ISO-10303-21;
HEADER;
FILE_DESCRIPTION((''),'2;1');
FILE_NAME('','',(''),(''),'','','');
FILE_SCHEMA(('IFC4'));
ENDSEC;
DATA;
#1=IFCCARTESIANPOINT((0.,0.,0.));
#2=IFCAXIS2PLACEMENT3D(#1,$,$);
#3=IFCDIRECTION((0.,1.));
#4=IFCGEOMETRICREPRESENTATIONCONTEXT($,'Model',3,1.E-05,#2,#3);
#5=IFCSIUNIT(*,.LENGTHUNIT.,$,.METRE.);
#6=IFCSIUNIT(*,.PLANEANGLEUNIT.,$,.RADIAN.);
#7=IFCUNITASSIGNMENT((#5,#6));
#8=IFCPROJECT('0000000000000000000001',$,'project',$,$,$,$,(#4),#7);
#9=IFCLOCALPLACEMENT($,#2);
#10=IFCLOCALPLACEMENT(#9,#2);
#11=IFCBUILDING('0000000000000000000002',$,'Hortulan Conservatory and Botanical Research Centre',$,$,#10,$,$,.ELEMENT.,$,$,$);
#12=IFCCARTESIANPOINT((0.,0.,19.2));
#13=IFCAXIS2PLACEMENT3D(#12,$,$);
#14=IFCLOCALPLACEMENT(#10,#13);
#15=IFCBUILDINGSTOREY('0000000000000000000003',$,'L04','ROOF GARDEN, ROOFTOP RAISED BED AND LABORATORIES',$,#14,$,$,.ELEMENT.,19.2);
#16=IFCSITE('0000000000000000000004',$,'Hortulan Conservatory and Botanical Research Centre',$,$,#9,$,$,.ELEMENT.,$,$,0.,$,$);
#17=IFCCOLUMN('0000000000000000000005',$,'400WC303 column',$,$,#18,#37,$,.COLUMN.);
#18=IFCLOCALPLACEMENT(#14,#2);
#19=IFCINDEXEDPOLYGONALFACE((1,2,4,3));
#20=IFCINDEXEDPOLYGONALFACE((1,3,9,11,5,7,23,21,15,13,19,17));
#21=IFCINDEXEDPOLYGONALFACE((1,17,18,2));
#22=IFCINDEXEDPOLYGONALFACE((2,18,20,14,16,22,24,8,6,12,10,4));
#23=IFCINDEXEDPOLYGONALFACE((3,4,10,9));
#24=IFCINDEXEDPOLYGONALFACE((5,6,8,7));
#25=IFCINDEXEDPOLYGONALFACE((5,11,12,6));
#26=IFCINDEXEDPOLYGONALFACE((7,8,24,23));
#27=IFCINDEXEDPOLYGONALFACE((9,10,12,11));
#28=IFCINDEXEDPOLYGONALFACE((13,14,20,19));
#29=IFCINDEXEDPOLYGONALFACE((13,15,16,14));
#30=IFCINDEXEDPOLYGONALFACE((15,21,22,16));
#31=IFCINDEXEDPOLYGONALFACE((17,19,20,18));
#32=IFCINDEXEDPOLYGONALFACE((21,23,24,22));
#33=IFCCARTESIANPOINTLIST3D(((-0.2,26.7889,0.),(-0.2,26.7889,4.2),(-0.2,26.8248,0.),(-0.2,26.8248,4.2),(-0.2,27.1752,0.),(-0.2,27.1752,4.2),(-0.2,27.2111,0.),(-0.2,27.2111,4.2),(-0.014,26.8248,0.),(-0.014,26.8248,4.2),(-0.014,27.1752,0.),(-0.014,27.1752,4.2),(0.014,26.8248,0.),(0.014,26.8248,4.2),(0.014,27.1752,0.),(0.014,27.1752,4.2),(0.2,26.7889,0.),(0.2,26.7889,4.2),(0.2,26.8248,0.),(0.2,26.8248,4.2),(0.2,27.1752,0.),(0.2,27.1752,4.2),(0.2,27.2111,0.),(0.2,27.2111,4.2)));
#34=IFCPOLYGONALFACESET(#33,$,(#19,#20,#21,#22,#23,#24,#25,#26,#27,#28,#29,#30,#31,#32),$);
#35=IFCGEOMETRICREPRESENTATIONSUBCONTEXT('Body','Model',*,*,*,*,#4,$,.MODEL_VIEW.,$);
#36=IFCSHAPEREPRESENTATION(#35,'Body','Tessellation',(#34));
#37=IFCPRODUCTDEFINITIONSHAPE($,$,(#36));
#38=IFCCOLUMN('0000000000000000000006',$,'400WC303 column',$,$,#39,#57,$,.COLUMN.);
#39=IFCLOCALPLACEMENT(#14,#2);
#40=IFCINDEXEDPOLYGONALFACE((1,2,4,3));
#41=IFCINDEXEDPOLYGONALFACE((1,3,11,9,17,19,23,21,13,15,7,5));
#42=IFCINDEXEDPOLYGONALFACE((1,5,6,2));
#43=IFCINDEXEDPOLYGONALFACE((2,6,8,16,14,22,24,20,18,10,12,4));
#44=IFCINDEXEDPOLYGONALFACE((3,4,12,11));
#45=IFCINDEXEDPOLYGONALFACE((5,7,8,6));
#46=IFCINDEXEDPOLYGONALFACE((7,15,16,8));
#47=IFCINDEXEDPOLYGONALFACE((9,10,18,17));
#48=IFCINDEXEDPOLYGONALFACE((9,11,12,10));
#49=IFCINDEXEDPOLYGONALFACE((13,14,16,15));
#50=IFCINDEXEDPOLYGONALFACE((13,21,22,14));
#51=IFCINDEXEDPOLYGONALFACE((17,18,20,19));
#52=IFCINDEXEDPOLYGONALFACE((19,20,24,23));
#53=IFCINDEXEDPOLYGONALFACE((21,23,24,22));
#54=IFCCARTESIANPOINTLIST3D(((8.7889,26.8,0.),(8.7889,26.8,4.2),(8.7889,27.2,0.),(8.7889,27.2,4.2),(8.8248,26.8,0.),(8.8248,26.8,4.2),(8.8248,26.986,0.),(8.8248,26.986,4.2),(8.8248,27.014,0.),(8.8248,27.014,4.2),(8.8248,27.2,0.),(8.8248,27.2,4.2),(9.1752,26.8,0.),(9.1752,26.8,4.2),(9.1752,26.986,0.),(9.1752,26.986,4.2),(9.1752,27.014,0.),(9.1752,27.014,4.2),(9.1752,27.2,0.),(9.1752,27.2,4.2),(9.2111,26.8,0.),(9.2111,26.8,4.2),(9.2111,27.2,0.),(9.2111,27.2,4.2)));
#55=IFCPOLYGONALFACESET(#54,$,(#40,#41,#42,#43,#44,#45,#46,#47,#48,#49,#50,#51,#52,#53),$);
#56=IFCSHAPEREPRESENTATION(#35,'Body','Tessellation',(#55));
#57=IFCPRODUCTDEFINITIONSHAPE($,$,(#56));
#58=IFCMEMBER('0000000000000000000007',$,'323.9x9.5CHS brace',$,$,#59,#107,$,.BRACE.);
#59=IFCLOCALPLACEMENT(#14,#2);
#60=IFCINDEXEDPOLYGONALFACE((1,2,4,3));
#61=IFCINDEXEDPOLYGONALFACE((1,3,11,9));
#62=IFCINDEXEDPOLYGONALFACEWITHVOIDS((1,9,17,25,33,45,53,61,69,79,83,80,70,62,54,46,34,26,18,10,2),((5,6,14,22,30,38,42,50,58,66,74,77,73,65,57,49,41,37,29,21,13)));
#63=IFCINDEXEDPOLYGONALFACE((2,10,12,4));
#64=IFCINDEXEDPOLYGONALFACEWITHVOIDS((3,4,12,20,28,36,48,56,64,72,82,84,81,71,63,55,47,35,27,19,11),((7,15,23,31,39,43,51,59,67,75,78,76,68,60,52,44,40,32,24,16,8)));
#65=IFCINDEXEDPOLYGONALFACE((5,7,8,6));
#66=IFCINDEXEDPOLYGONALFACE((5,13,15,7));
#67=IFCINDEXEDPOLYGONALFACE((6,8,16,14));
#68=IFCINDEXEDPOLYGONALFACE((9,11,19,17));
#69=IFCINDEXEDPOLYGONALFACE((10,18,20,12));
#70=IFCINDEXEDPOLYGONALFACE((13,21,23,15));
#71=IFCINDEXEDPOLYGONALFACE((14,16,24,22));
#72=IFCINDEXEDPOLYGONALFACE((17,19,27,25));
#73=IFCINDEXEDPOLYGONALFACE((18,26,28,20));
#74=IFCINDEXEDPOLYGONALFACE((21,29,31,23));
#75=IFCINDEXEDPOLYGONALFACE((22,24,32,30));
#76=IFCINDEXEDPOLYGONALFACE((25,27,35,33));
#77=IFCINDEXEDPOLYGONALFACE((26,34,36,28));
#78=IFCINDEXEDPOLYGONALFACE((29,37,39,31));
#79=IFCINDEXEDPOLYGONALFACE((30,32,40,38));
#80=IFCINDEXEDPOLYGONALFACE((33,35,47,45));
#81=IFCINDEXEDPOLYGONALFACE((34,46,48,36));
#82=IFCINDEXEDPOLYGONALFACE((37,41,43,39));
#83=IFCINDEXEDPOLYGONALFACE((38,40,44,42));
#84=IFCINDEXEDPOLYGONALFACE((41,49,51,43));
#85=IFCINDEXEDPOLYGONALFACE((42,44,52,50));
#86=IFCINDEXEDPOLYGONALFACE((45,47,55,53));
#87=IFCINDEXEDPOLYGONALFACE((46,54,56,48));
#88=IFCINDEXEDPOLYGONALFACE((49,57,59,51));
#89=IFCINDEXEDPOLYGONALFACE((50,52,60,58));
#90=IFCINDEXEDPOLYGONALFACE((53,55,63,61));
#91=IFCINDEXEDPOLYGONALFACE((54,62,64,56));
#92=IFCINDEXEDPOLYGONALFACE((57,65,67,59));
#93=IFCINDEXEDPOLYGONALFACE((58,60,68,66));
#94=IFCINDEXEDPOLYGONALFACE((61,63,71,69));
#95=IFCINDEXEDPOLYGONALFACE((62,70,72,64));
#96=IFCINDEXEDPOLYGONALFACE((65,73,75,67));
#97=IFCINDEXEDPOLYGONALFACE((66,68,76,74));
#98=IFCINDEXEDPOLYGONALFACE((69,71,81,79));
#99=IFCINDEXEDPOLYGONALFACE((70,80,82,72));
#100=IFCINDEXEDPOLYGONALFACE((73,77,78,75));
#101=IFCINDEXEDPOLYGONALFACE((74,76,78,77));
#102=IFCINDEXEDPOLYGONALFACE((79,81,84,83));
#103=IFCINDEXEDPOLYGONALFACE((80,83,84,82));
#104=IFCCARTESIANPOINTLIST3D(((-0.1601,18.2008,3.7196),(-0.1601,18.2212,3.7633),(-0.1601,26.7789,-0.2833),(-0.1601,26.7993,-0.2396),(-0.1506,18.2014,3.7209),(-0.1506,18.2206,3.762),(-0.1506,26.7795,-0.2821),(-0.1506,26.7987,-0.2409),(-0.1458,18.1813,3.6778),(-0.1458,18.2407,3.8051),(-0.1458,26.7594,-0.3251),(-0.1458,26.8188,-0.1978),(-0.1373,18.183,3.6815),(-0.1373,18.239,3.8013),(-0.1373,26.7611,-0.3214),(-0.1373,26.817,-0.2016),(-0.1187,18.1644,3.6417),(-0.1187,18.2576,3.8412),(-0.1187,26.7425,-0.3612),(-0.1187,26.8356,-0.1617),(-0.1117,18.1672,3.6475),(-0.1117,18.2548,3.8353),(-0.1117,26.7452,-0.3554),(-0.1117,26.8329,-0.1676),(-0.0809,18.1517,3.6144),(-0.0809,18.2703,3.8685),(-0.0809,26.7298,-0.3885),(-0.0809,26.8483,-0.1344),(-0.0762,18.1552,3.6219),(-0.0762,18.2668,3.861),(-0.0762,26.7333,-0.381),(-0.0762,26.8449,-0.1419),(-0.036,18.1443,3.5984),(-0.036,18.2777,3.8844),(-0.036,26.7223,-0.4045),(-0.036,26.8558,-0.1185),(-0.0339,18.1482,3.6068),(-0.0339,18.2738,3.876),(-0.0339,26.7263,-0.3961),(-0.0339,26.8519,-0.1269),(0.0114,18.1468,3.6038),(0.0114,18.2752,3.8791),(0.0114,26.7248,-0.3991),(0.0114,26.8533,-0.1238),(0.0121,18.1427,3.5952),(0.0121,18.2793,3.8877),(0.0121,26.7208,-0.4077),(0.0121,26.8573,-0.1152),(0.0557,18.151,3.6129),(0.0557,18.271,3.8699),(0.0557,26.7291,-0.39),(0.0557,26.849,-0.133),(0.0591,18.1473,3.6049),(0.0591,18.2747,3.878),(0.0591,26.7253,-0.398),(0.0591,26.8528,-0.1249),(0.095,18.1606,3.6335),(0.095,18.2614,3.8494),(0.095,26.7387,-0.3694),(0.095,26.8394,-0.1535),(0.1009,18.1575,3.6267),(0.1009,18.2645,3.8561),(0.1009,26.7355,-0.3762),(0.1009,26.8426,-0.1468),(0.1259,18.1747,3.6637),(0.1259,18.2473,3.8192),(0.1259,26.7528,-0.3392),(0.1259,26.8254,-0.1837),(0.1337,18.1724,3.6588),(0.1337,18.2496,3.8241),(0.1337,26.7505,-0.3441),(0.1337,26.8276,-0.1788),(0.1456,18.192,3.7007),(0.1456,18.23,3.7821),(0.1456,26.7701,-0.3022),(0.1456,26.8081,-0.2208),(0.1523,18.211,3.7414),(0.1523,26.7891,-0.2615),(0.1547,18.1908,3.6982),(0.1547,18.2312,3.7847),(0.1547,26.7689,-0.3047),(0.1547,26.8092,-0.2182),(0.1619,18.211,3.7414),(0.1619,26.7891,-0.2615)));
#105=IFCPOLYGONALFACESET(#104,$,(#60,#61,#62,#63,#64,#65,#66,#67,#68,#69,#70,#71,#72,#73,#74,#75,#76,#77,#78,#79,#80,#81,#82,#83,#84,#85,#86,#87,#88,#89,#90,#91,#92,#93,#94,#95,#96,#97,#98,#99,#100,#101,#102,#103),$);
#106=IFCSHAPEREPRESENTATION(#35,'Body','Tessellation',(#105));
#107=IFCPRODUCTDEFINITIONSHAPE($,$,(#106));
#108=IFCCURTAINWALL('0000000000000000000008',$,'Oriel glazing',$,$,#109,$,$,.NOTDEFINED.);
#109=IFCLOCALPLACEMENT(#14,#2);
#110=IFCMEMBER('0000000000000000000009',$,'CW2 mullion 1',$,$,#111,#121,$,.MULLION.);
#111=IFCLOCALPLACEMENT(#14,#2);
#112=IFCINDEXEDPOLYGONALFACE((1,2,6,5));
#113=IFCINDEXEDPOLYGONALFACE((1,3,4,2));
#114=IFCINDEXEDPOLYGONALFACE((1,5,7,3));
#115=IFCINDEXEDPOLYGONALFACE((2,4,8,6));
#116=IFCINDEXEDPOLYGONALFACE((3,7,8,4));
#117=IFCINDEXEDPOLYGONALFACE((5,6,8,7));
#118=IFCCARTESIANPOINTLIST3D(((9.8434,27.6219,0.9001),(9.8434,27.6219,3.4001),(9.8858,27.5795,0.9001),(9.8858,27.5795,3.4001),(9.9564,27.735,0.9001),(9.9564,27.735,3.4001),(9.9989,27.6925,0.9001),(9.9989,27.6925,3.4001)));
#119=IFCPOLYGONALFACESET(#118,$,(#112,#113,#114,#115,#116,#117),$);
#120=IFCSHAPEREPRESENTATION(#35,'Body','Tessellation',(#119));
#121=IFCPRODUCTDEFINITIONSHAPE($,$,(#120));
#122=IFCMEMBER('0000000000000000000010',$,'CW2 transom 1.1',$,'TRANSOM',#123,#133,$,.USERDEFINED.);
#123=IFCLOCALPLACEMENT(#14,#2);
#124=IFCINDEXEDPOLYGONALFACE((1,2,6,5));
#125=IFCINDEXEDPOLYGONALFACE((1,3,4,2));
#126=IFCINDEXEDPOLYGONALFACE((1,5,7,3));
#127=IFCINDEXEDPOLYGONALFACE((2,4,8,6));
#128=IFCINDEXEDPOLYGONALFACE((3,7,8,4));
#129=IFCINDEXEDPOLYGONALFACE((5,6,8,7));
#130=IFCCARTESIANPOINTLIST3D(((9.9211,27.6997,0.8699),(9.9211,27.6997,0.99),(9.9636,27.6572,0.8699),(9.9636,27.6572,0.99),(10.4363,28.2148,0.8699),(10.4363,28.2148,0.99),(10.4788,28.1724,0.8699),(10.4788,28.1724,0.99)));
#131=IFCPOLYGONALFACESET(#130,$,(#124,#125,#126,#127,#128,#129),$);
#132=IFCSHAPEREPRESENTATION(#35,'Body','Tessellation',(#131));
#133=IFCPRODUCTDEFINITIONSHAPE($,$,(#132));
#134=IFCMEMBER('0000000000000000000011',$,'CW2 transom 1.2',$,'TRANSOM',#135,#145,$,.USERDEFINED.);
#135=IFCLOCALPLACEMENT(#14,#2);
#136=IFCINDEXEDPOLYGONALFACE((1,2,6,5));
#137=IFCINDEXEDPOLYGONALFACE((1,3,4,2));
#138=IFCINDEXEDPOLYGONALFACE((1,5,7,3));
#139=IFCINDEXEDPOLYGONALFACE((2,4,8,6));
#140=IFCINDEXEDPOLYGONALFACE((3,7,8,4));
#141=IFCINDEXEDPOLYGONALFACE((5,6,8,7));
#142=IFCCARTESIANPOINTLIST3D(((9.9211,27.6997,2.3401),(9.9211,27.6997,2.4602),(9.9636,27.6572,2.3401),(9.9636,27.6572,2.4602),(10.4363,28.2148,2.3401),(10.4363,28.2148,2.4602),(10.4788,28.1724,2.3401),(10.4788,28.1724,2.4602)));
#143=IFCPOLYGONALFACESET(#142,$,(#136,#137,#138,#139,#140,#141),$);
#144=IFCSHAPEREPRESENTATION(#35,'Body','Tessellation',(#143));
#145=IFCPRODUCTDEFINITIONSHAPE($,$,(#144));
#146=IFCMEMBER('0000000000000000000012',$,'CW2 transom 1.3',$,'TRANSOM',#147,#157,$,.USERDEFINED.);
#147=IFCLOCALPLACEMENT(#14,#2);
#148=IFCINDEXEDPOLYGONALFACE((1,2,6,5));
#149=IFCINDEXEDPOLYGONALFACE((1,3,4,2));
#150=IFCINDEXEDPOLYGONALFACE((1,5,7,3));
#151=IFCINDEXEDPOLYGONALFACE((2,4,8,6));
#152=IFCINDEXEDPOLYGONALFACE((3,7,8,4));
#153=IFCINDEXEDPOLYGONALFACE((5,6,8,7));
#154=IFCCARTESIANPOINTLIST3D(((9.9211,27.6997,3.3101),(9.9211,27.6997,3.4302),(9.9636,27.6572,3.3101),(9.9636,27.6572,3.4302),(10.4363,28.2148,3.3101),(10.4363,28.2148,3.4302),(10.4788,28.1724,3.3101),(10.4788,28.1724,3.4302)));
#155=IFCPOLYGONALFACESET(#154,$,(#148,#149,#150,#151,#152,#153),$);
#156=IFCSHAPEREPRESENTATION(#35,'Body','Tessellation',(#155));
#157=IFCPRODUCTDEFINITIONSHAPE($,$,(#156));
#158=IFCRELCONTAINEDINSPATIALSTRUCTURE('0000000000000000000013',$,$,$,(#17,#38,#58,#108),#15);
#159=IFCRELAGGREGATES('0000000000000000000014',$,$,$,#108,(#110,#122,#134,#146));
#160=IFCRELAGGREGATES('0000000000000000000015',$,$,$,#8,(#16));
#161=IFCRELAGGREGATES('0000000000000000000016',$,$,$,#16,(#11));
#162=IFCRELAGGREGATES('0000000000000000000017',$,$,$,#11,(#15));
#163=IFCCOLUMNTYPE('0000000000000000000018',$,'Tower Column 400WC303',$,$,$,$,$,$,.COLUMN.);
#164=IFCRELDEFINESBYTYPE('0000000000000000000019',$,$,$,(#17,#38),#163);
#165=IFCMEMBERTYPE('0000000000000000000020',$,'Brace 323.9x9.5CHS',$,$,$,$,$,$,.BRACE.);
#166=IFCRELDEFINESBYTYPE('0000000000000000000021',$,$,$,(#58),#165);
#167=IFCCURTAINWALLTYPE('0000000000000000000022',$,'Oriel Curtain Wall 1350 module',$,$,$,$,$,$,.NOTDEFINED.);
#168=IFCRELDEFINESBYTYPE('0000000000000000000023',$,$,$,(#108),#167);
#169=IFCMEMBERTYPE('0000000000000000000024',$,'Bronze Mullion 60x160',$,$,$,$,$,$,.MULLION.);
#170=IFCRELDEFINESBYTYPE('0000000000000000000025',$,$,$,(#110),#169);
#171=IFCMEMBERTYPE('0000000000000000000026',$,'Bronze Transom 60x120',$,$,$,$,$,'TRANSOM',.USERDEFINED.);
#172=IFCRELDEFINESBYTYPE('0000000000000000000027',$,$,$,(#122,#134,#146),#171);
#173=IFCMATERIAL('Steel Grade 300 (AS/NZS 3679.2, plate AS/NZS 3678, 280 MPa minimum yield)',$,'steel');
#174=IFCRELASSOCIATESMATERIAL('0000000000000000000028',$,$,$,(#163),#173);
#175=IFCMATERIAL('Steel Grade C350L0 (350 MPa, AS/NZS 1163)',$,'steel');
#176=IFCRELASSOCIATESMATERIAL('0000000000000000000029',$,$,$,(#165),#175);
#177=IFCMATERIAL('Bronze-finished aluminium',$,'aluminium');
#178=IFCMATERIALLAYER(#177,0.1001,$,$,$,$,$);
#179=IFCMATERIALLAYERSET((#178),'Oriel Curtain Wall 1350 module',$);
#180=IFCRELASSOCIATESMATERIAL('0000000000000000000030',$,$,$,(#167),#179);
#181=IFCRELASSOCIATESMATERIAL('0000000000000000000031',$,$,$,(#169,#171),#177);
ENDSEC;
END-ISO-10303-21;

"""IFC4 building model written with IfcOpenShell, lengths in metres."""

from ifc_helpers import new_model, si_unit, direction, frame, origin, origin_2d, place, context, subcontext, project, spatial, rectangle, hollow_circle, i_section, extrude, material, layer, layer_set, material_profile, profile_set, type_object, element, aggregate, save


model = new_model("IFC4")

# Units and contexts
model_context = context("Model", 3, precision=1e-05, world=origin(), true_north=direction((0.0, 1.0)))
body_context = subcontext(model_context, "Body", "Model", "MODEL_VIEW")
ifc_project = project(units=[si_unit("LENGTHUNIT", "METRE"), si_unit("PLANEANGLEUNIT", "RADIAN")], contexts=[model_context])

# Site, building, storey
site_placement = place(None, origin())
site = spatial("IfcSite", under=ifc_project, at=site_placement, Name="Hortulan Conservatory and Botanical Research Centre", CompositionType="ELEMENT", RefElevation=0.0)
building_placement = place(site_placement, origin())
building = spatial("IfcBuilding", under=site, at=building_placement, Name="Hortulan Conservatory and Botanical Research Centre", CompositionType="ELEMENT")
storey_placement = place(building_placement, frame((0.0, 0.0, 19.2)))
storey = spatial("IfcBuildingStorey", under=building, at=storey_placement, Name="L04", Description="ROOF GARDEN, ROOFTOP RAISED BED AND LABORATORIES", CompositionType="ELEMENT", Elevation=19.2)

# Columns
ifc_material_1 = material(Name="Steel Grade 300 (AS/NZS 3679.2, plate AS/NZS 3678, 280 MPa minimum yield)", Category="steel")
ifc_material_profile_1 = material_profile(ifc_material_1, i_section(OverallWidth=0.3999, OverallDepth=0.4221, WebThickness=0.0281, FlangeThickness=0.0359, at=origin_2d()), Name="400WC303")
ifc_profile_set_1 = profile_set([ifc_material_profile_1], Name="Steel Grade 300 (AS/NZS 3679.2, plate AS/NZS 3678, 280 MPa minimum yield)")
column_type = type_object("IfcColumnType", Name="Tower Column 400WC303", PredefinedType="COLUMN", material=ifc_profile_set_1)
for number, where, z_axis, x_axis, name in (
    (1, (0.0, 27.0, 0.0), (0.0, 0.0, 1.0), (1.0, 0.0, 0.0), "400WC303 column"),
    (2, (9.0, 27.0, 0.0), (0.0, 0.0, 1.0), (0.0, 1.0, 0.0), "400WC303 column"),
):
    element("IfcColumn", number, at=place(storey_placement, frame(where, z_axis=z_axis, x_axis=x_axis)), inside=storey, type_object=column_type, Name=name, PredefinedType="COLUMN", context=body_context, shape_type="SweptSolid", body=[
        extrude(i_section(OverallWidth=0.3999, OverallDepth=0.4221, WebThickness=0.0281, FlangeThickness=0.0359, at=origin_2d()), origin(), (0.0, 0.0, 1.0), 4.2),
    ])

# Member
ifc_material_2 = material(Name="Steel Grade C350L0 (350 MPa, AS/NZS 1163)", Category="steel")
ifc_material_profile_2 = material_profile(ifc_material_2, hollow_circle(Radius=0.1619, WallThickness=0.0095, at=origin_2d()), Name="323.9x9.5CHS")
ifc_profile_set_2 = profile_set([ifc_material_profile_2], Name="Steel Grade C350L0 (350 MPa, AS/NZS 1163)")
member_type_1 = type_object("IfcMemberType", Name="Brace 323.9x9.5CHS", PredefinedType="BRACE", material=ifc_profile_set_2)
member_1_placement = place(storey_placement, frame((0.0, 26.7891, -0.2615), z_axis=(0.0, -0.906191, 0.422869), x_axis=(1.0, 0.0, 0.0)))
element("IfcMember", 3, at=member_1_placement, inside=storey, type_object=member_type_1, Name="323.9x9.5CHS brace", PredefinedType="BRACE", context=body_context, shape_type="SweptSolid", body=[
    extrude(hollow_circle(Radius=0.1619, WallThickness=0.0095, at=origin_2d()), origin(), (0.0, 0.0, 1.0), 9.4661),
])

# Curtain wall, members
ifc_material_3 = material(Name="Bronze-finished aluminium", Category="aluminium")
ifc_layer_1 = layer(ifc_material_3, 0.1001)
ifc_layer_set_1 = layer_set([ifc_layer_1], Name="Oriel Curtain Wall 1350 module")
curtain_wall_type = type_object("IfcCurtainWallType", Name="Oriel Curtain Wall 1350 module", PredefinedType="NOTDEFINED", material=ifc_layer_set_1)
curtain_wall_placement = place(storey_placement, origin())
curtain_wall = element("IfcCurtainWall", 4, at=curtain_wall_placement, inside=storey, type_object=curtain_wall_type, Name="Oriel glazing", PredefinedType="NOTDEFINED")
ifc_material_profile_3 = material_profile(ifc_material_3, rectangle(XDim=0.0601, YDim=0.1599, at=origin_2d()), Name="Bronze Mullion 60x160")
ifc_profile_set_3 = profile_set([ifc_material_profile_3], Name="Bronze-finished aluminium")
member_type_2 = type_object("IfcMemberType", Name="Bronze Mullion 60x160", PredefinedType="MULLION", material=ifc_profile_set_3)
member_2_placement = place(storey_placement, frame((9.9211, 27.6572, 0.9001), z_axis=(0.0, 0.0, 1.0), x_axis=(-0.707107, 0.707107, 0.0)))
member_2 = element("IfcMember", 5, at=member_2_placement, type_object=member_type_2, Name="CW2 mullion 1", PredefinedType="MULLION", context=body_context, shape_type="SweptSolid", body=[
    extrude(rectangle(XDim=0.0601, YDim=0.1599, at=origin_2d()), origin(), (0.0, 0.0, 1.0), 2.5),
])
ifc_material_profile_4 = material_profile(ifc_material_3, rectangle(XDim=0.0601, YDim=0.1201, at=origin_2d()), Name="Bronze Transom 60x120")
ifc_profile_set_4 = profile_set([ifc_material_profile_4], Name="Bronze-finished aluminium")
member_type_3 = type_object("IfcMemberType", Name="Bronze Transom 60x120", ElementType="TRANSOM", PredefinedType="USERDEFINED", material=ifc_profile_set_4)
member_3_placement = place(storey_placement, frame((9.9424, 27.6785, 0.9299), z_axis=(0.707107, 0.707107, 0.0), x_axis=(-0.707107, 0.707107, 0.0)))
member_3 = element("IfcMember", 6, at=member_3_placement, type_object=member_type_3, Name="CW2 transom 1.1", ObjectType="TRANSOM", PredefinedType="USERDEFINED", context=body_context, shape_type="SweptSolid", body=[
    extrude(rectangle(XDim=0.0601, YDim=0.1201, at=origin_2d()), origin(), (0.0, 0.0, 1.0), 0.7285),
])
member_4_placement = place(storey_placement, frame((9.9424, 27.6785, 2.4001), z_axis=(0.707107, 0.707107, 0.0), x_axis=(-0.707107, 0.707107, 0.0)))
member_4 = element("IfcMember", 7, at=member_4_placement, type_object=member_type_3, Name="CW2 transom 1.2", ObjectType="TRANSOM", PredefinedType="USERDEFINED", context=body_context, shape_type="SweptSolid", body=[
    extrude(rectangle(XDim=0.0601, YDim=0.1201, at=origin_2d()), origin(), (0.0, 0.0, 1.0), 0.7285),
])
member_5_placement = place(storey_placement, frame((9.9424, 27.6785, 3.3701), z_axis=(0.707107, 0.707107, 0.0), x_axis=(-0.707107, 0.707107, 0.0)))
member_5 = element("IfcMember", 8, at=member_5_placement, type_object=member_type_3, Name="CW2 transom 1.3", ObjectType="TRANSOM", PredefinedType="USERDEFINED", context=body_context, shape_type="SweptSolid", body=[
    extrude(rectangle(XDim=0.0601, YDim=0.1201, at=origin_2d()), origin(), (0.0, 0.0, 1.0), 0.7285),
])
aggregate(curtain_wall, [member_2, member_3, member_4, member_5])

save(model, "model.ifc")
